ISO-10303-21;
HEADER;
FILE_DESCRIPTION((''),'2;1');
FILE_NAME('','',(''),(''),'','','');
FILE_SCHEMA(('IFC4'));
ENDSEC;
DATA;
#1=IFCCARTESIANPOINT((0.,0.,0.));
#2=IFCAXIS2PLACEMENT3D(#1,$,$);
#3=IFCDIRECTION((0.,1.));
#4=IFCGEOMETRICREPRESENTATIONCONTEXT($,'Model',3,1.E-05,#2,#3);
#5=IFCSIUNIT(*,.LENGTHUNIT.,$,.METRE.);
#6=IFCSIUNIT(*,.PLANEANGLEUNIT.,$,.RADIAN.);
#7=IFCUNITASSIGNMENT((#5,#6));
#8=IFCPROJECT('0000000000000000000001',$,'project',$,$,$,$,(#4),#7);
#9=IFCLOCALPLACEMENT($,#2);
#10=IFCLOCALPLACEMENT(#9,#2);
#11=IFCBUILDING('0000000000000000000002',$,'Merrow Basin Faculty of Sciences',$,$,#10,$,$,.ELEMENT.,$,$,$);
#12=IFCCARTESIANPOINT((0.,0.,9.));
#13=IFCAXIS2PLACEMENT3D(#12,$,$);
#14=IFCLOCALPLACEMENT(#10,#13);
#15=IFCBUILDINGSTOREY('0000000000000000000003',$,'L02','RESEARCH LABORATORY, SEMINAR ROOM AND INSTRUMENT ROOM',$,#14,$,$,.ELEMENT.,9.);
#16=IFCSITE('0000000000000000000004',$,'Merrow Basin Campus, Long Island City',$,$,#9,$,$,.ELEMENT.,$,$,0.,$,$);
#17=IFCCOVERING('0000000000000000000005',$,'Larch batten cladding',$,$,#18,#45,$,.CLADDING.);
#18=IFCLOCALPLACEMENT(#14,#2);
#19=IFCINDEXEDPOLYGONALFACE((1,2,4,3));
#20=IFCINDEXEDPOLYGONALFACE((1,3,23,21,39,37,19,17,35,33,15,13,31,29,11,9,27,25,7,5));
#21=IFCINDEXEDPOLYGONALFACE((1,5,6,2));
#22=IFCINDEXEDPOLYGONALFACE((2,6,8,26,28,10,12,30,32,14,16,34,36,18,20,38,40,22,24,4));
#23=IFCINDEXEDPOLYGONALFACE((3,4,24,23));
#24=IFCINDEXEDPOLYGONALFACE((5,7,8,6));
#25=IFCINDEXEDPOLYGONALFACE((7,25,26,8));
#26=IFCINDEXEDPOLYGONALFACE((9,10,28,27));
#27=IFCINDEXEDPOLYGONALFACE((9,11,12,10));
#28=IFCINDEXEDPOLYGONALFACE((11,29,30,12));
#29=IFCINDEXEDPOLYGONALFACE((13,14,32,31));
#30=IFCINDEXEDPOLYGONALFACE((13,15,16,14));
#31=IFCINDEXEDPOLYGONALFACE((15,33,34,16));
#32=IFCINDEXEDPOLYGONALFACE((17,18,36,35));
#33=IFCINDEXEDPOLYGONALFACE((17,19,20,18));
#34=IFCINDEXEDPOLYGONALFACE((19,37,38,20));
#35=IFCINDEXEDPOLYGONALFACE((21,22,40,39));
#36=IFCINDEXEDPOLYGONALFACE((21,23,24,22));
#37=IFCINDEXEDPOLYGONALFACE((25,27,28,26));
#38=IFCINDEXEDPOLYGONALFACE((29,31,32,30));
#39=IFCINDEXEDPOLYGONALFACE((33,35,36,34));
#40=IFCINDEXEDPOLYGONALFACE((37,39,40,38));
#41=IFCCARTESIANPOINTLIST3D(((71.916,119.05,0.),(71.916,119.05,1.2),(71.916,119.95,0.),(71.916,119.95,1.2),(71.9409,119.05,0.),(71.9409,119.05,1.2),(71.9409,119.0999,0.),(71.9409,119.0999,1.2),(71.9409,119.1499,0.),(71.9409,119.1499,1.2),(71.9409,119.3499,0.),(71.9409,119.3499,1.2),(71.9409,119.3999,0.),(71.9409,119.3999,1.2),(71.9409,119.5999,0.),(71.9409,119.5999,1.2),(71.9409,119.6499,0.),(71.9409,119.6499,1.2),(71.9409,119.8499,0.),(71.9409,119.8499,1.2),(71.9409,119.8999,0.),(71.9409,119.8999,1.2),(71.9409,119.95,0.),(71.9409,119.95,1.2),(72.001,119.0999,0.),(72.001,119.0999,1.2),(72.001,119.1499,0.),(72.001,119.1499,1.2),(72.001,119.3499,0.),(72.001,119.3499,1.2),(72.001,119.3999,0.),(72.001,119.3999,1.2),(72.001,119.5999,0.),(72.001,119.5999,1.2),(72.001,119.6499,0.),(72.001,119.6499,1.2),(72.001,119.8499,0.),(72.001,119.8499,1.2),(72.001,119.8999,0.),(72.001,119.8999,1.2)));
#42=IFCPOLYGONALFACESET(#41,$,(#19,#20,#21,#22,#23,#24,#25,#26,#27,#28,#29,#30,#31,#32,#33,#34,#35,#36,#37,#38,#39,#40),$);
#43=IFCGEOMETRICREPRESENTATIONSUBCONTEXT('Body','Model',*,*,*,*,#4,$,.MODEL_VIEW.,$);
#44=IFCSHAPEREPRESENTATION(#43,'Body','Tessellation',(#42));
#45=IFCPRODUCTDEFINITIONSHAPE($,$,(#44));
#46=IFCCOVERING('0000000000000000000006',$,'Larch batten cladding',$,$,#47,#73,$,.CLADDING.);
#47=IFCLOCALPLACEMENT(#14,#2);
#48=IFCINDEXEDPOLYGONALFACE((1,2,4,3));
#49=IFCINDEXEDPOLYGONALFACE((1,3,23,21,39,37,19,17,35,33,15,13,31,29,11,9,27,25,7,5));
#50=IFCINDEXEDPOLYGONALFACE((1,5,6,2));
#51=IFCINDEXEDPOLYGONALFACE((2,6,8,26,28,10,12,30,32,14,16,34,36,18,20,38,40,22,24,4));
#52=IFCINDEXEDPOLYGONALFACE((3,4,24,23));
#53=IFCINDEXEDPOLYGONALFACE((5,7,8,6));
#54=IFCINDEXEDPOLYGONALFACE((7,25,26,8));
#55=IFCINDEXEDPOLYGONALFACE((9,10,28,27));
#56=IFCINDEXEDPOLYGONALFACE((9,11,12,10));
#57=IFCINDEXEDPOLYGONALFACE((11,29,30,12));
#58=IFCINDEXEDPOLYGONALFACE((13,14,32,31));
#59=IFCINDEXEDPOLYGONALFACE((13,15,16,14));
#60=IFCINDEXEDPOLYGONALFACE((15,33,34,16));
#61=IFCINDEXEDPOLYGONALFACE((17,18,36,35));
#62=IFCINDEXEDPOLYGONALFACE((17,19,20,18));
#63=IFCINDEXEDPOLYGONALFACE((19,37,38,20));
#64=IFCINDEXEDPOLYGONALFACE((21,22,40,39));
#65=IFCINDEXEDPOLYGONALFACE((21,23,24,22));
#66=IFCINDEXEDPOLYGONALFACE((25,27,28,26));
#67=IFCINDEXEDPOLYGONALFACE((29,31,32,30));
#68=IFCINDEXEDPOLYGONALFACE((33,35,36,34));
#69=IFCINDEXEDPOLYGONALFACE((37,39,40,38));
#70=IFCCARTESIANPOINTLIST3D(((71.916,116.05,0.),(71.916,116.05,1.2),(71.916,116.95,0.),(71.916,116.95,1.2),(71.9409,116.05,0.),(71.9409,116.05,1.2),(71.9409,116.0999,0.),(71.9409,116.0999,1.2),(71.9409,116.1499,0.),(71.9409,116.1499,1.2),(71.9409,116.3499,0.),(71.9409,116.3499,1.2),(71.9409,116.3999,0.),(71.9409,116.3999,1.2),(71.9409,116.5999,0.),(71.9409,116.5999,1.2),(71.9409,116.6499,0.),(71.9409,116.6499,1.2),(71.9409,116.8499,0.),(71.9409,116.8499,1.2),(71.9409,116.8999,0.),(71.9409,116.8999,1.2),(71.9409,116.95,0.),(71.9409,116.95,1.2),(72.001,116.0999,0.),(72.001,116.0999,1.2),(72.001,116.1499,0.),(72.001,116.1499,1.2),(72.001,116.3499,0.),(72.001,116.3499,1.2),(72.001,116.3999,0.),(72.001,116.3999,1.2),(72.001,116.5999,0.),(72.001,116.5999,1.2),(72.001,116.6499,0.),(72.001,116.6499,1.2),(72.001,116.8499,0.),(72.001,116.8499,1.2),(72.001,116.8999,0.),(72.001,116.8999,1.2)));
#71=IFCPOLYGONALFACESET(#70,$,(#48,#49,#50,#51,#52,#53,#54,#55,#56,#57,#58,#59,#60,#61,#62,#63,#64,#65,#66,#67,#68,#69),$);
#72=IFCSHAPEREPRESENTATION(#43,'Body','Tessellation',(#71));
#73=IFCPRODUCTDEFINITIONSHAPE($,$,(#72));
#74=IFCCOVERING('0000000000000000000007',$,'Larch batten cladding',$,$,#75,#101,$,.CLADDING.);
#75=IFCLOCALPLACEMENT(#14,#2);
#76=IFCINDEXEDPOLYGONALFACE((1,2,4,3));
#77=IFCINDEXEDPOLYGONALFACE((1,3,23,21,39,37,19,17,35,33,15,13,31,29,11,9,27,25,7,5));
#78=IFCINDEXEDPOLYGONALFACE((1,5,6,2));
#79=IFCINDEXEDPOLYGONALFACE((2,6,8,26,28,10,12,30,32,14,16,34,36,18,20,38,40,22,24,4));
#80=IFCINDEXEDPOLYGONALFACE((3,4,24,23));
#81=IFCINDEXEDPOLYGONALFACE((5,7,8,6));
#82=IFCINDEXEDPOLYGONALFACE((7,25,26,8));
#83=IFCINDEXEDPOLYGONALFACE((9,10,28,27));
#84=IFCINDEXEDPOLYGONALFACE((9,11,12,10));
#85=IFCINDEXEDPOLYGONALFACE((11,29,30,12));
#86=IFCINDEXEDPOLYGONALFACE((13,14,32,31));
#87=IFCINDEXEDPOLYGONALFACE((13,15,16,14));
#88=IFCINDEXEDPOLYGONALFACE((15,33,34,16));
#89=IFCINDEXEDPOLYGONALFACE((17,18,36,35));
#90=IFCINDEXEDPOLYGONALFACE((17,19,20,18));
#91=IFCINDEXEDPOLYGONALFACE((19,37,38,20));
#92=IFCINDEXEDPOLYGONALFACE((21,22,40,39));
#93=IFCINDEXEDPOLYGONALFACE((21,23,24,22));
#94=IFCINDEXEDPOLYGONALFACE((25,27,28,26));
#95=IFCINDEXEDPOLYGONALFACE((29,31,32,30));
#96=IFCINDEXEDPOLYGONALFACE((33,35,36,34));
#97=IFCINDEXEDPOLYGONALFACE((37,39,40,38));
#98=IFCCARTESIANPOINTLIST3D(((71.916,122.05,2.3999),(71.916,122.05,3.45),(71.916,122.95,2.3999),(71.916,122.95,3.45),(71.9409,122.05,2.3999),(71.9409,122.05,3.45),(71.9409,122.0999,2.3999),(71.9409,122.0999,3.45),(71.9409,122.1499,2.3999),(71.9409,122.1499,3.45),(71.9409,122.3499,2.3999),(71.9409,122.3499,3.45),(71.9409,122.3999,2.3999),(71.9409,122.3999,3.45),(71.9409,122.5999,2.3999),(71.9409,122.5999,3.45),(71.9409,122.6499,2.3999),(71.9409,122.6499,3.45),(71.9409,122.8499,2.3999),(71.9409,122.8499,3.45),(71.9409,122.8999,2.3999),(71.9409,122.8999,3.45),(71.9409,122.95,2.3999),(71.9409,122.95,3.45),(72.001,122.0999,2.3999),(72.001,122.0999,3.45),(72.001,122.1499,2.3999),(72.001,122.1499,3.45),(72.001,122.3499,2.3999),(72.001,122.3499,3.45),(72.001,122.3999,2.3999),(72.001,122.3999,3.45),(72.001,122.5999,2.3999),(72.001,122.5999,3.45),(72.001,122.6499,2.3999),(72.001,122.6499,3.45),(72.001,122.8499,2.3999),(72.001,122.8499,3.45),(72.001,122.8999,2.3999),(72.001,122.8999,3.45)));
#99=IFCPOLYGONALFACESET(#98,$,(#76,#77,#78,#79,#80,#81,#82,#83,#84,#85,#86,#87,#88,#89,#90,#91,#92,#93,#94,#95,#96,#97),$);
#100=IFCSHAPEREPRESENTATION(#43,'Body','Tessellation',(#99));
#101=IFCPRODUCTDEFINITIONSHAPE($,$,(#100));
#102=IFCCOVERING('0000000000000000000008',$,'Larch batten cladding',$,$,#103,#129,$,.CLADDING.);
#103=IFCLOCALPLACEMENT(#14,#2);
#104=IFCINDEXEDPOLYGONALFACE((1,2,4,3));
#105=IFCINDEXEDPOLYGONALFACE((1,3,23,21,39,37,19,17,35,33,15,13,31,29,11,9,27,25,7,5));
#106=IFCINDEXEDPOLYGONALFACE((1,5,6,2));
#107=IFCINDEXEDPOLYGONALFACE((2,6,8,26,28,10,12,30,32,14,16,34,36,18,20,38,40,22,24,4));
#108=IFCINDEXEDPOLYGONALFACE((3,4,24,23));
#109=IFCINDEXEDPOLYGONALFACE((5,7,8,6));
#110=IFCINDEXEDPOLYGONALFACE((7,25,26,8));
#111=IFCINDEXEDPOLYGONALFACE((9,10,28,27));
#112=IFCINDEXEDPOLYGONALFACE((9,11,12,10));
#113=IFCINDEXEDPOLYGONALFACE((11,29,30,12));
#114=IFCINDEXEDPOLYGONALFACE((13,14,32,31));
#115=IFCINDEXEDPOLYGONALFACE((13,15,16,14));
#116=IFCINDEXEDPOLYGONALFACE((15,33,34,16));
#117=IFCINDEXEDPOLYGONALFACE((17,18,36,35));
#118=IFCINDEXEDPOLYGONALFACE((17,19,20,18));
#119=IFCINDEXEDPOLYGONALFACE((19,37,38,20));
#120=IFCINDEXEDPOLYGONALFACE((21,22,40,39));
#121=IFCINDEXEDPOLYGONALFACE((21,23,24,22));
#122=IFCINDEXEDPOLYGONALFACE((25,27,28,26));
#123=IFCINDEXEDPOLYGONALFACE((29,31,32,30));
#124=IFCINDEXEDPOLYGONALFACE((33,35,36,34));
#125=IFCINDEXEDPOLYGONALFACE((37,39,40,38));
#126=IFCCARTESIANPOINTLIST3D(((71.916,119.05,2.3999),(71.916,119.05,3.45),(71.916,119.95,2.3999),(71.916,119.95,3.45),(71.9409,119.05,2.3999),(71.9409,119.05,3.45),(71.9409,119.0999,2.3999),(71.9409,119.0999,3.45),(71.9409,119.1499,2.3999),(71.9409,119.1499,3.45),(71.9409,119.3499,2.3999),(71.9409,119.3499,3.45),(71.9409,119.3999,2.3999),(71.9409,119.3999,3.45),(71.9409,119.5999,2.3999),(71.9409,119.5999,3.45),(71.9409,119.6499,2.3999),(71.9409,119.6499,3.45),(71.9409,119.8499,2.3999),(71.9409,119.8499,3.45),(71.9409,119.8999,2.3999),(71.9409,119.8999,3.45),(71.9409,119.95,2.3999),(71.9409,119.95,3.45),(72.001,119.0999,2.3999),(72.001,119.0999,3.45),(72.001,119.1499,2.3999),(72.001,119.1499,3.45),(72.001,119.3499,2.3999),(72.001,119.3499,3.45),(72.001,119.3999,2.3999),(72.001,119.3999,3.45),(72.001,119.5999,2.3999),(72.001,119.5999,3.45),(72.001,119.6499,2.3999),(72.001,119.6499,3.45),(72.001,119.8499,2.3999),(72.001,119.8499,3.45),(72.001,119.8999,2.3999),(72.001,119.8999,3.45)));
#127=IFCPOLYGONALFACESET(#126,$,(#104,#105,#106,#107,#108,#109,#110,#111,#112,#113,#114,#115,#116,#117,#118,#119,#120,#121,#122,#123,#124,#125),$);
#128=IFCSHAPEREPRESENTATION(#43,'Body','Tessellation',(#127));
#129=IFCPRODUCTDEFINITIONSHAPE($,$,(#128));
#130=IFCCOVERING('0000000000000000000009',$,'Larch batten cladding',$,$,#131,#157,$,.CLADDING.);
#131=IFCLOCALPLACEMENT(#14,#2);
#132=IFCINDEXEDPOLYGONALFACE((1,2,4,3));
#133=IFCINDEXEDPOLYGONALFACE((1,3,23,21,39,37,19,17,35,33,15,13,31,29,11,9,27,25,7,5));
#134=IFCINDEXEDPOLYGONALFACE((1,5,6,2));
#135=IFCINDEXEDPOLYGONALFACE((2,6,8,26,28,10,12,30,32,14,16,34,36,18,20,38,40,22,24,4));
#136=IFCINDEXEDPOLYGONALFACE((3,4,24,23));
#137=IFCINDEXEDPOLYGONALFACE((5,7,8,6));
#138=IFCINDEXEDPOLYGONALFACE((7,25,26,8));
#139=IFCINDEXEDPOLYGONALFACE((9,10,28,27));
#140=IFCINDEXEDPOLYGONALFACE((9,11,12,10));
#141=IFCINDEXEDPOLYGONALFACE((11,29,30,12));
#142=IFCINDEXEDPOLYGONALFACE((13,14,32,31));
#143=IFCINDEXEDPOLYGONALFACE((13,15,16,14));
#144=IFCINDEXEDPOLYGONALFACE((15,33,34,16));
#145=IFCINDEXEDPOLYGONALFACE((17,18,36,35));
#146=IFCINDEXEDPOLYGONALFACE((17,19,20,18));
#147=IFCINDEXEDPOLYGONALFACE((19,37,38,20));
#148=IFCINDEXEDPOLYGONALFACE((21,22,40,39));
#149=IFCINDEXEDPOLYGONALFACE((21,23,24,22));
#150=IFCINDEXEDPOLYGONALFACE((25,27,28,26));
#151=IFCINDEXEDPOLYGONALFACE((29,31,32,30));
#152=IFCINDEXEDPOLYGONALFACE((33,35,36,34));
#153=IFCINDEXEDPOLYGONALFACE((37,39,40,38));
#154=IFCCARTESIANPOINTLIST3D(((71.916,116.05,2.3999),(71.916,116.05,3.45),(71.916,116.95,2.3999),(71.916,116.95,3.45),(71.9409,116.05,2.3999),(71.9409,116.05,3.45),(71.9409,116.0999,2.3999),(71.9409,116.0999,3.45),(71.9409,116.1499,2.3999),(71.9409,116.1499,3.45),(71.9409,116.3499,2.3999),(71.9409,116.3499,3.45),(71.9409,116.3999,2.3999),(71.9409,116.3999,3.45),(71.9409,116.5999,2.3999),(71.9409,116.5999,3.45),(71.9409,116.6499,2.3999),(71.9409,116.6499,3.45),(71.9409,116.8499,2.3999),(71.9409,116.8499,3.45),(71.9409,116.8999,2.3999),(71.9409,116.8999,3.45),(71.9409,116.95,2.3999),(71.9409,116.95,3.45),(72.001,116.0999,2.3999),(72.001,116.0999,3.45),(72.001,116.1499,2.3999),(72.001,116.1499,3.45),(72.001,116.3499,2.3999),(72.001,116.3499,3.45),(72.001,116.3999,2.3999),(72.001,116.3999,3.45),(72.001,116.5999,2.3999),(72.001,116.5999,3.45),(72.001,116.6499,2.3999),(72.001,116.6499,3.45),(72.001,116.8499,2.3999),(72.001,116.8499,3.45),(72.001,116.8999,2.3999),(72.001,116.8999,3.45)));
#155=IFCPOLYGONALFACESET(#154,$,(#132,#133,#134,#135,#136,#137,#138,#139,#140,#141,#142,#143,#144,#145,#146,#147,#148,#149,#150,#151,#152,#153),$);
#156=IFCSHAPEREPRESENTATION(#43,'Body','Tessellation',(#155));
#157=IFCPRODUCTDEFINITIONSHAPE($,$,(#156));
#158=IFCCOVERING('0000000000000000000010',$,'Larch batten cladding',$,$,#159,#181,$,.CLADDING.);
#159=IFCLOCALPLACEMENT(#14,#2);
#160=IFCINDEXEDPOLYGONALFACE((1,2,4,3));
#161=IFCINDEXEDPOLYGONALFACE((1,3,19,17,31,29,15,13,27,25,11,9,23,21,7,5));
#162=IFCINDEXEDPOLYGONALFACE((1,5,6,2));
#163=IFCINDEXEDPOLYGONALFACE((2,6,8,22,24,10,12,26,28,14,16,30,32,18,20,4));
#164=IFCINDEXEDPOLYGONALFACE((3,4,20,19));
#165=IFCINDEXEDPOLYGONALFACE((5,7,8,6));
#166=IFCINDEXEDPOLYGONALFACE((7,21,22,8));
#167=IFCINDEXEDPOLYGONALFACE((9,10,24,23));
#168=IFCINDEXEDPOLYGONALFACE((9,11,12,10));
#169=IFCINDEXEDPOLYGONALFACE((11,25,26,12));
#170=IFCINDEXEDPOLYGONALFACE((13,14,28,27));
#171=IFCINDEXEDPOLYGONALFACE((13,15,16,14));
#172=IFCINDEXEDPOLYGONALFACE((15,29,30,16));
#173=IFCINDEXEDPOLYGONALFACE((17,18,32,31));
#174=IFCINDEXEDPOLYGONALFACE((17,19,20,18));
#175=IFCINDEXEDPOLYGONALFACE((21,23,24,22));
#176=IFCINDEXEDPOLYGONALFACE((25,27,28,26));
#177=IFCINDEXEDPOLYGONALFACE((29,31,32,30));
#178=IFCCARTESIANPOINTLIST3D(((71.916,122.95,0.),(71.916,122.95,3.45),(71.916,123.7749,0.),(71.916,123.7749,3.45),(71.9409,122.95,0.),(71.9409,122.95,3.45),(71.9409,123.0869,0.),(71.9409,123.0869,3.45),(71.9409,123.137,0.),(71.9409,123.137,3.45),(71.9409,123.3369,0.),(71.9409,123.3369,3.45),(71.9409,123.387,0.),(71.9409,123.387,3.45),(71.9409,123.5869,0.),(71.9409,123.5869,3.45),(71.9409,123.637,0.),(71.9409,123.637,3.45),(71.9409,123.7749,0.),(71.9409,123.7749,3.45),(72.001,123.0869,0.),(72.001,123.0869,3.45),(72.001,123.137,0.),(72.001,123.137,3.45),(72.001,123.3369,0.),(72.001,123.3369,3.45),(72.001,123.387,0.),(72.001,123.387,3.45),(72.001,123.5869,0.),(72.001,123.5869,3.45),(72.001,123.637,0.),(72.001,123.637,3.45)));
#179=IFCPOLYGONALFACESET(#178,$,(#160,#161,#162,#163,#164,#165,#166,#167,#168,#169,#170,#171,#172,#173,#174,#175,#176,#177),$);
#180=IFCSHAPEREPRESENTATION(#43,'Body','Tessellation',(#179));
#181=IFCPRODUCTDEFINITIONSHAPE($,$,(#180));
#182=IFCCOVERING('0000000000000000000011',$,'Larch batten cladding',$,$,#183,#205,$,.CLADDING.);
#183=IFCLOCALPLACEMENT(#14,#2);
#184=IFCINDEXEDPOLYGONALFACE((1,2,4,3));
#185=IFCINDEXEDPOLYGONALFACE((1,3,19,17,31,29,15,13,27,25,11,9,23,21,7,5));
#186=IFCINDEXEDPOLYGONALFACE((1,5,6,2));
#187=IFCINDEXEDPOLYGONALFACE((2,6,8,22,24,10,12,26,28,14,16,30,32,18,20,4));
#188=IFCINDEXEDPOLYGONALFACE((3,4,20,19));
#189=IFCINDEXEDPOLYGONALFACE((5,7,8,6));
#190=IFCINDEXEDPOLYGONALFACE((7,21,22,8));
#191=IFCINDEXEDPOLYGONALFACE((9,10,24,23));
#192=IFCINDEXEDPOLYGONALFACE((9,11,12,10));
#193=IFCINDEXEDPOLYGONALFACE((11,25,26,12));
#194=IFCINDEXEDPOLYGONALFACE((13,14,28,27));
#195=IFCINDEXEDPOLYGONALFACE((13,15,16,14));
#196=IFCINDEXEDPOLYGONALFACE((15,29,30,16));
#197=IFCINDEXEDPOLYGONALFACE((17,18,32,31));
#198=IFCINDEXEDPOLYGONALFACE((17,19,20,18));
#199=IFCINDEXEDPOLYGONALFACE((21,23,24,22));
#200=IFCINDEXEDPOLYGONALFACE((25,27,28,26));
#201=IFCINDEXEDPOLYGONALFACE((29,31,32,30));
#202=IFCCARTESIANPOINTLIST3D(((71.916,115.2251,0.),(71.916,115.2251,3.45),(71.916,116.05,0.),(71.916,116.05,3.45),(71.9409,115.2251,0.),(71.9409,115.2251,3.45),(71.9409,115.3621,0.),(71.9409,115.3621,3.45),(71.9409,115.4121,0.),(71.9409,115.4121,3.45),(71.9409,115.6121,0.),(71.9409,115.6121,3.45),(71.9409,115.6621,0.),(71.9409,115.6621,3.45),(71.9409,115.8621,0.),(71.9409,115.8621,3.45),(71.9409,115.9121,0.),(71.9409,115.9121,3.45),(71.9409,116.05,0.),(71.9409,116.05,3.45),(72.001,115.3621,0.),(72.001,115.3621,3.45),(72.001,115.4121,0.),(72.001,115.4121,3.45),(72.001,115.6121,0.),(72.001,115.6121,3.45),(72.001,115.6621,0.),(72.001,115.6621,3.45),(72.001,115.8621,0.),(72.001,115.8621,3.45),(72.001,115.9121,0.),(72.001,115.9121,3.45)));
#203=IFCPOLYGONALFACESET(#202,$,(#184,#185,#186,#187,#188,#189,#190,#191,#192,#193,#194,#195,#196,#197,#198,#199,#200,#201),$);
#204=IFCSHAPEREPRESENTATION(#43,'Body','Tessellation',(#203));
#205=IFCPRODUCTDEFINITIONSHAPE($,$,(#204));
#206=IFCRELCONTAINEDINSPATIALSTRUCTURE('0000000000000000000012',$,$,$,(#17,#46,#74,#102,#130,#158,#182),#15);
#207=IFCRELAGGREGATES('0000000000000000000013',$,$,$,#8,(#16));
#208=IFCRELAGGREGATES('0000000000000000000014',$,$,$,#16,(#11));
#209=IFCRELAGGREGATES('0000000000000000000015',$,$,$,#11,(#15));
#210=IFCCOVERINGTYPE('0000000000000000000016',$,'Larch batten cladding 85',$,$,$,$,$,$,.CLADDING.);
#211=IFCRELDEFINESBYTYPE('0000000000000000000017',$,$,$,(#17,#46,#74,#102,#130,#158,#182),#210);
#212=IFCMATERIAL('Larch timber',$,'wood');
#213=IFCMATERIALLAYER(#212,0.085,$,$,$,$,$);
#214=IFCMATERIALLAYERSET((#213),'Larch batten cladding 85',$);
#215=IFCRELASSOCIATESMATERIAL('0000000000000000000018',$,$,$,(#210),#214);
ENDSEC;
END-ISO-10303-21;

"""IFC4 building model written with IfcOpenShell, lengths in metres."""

from ifc_helpers import new_model, si_unit, direction, frame, origin, place, context, subcontext, project, spatial, polyline, outline, extrude, source, transform, mapped, material, layer, layer_set, type_object, element, save


model = new_model("IFC4")

# Units and contexts
model_context = context("Model", 3, precision=1e-05, world=origin(), true_north=direction((0.0, 1.0)))
body_context = subcontext(model_context, "Body", "Model", "MODEL_VIEW")
ifc_project = project(units=[si_unit("LENGTHUNIT", "METRE"), si_unit("PLANEANGLEUNIT", "RADIAN")], contexts=[model_context])

# Site, building, storey
site_placement = place(None, origin())
site = spatial("IfcSite", under=ifc_project, at=site_placement, Name="Merrow Basin Campus, Long Island City", CompositionType="ELEMENT", RefElevation=0.0)
building_placement = place(site_placement, origin())
building = spatial("IfcBuilding", under=site, at=building_placement, Name="Merrow Basin Faculty of Sciences", CompositionType="ELEMENT")
storey_placement = place(building_placement, frame((0.0, 0.0, 9.0)))
storey = spatial("IfcBuildingStorey", under=building, at=storey_placement, Name="L02", Description="RESEARCH LABORATORY, SEMINAR ROOM AND INSTRUMENT ROOM", CompositionType="ELEMENT", Elevation=9.0)

# Coverings
ifc_material_1 = material(Name="Larch timber", Category="wood")
ifc_layer_1 = layer(ifc_material_1, 0.085)
ifc_layer_set_1 = layer_set([ifc_layer_1], Name="Larch batten cladding 85")
covering_type = type_object("IfcCoveringType", Name="Larch batten cladding 85", PredefinedType="CLADDING", material=ifc_layer_set_1)
shared_shape_1 = source(origin(), body_context, "Body", "SweptSolid", [
    extrude(outline(polyline([(0.0, 0.0), (0.8999, 0.0), (0.8999, 0.0249), (0.8501, 0.0249), (0.8501, 0.085), (0.8, 0.085), (0.8, 0.0249), (0.6001, 0.0249), (0.6001, 0.085), (0.55, 0.085), (0.55, 0.0249), (0.3501, 0.0249), (0.3501, 0.085), (0.3, 0.085), (0.3, 0.0249), (0.1001, 0.0249), (0.1001, 0.085), (0.05, 0.085), (0.05, 0.0249), (0.0, 0.0249), (0.0, 0.0)])), origin(), (0.0, 0.0, 1.0), 1.2),
])
for number, where, z_axis, x_axis, name in (
    (1, (71.916, 119.95, 0.0), (0.0, 0.0, 1.0), (0.0, -1.0, 0.0), "Larch batten cladding"),
    (2, (71.916, 116.95, 0.0), (0.0, 0.0, 1.0), (0.0, -1.0, 0.0), "Larch batten cladding"),
):
    element("IfcCovering", number, at=place(storey_placement, frame(where, z_axis=z_axis, x_axis=x_axis)), inside=storey, type_object=covering_type, Name=name, PredefinedType="CLADDING", context=body_context, shape_type="MappedRepresentation", body=[
        mapped(shared_shape_1, transform((0.0, 0.0, 0.0), scale=1.0)),
    ])
shared_shape_2 = source(origin(), body_context, "Body", "SweptSolid", [
    extrude(outline(polyline([(0.0, 0.0), (0.8999, 0.0), (0.8999, 0.0249), (0.8501, 0.0249), (0.8501, 0.085), (0.8, 0.085), (0.8, 0.0249), (0.6001, 0.0249), (0.6001, 0.085), (0.55, 0.085), (0.55, 0.0249), (0.3501, 0.0249), (0.3501, 0.085), (0.3, 0.085), (0.3, 0.0249), (0.1001, 0.0249), (0.1001, 0.085), (0.05, 0.085), (0.05, 0.0249), (0.0, 0.0249), (0.0, 0.0)])), origin(), (0.0, 0.0, 1.0), 1.05),
])
for number, where, z_axis, x_axis, name in (
    (3, (71.916, 122.95, 2.3999), (0.0, 0.0, 1.0), (0.0, -1.0, 0.0), "Larch batten cladding"),
    (4, (71.916, 119.95, 2.3999), (0.0, 0.0, 1.0), (0.0, -1.0, 0.0), "Larch batten cladding"),
    (5, (71.916, 116.95, 2.3999), (0.0, 0.0, 1.0), (0.0, -1.0, 0.0), "Larch batten cladding"),
):
    element("IfcCovering", number, at=place(storey_placement, frame(where, z_axis=z_axis, x_axis=x_axis)), inside=storey, type_object=covering_type, Name=name, PredefinedType="CLADDING", context=body_context, shape_type="MappedRepresentation", body=[
        mapped(shared_shape_2, transform((0.0, 0.0, 0.0), scale=1.0)),
    ])
shared_shape_3 = source(origin(), body_context, "Body", "SweptSolid", [
    extrude(outline(polyline([(0.0, 0.0), (0.825, 0.0), (0.825, 0.0249), (0.688, 0.0249), (0.688, 0.085), (0.6379, 0.085), (0.6379, 0.0249), (0.438, 0.0249), (0.438, 0.085), (0.3879, 0.085), (0.3879, 0.0249), (0.188, 0.0249), (0.188, 0.085), (0.1379, 0.085), (0.1379, 0.0249), (0.0, 0.0249), (0.0, 0.0)])), origin(), (0.0, 0.0, 1.0), 3.45),
])
for number, where, z_axis, x_axis, name in (
    (6, (71.916, 123.7749, 0.0), (0.0, 0.0, 1.0), (0.0, -1.0, 0.0), "Larch batten cladding"),
    (7, (71.916, 116.05, 0.0), (0.0, 0.0, 1.0), (0.0, -1.0, 0.0), "Larch batten cladding"),
):
    element("IfcCovering", number, at=place(storey_placement, frame(where, z_axis=z_axis, x_axis=x_axis)), inside=storey, type_object=covering_type, Name=name, PredefinedType="CLADDING", context=body_context, shape_type="MappedRepresentation", body=[
        mapped(shared_shape_3, transform((0.0, 0.0, 0.0), scale=1.0)),
    ])

save(model, "model.ifc")
